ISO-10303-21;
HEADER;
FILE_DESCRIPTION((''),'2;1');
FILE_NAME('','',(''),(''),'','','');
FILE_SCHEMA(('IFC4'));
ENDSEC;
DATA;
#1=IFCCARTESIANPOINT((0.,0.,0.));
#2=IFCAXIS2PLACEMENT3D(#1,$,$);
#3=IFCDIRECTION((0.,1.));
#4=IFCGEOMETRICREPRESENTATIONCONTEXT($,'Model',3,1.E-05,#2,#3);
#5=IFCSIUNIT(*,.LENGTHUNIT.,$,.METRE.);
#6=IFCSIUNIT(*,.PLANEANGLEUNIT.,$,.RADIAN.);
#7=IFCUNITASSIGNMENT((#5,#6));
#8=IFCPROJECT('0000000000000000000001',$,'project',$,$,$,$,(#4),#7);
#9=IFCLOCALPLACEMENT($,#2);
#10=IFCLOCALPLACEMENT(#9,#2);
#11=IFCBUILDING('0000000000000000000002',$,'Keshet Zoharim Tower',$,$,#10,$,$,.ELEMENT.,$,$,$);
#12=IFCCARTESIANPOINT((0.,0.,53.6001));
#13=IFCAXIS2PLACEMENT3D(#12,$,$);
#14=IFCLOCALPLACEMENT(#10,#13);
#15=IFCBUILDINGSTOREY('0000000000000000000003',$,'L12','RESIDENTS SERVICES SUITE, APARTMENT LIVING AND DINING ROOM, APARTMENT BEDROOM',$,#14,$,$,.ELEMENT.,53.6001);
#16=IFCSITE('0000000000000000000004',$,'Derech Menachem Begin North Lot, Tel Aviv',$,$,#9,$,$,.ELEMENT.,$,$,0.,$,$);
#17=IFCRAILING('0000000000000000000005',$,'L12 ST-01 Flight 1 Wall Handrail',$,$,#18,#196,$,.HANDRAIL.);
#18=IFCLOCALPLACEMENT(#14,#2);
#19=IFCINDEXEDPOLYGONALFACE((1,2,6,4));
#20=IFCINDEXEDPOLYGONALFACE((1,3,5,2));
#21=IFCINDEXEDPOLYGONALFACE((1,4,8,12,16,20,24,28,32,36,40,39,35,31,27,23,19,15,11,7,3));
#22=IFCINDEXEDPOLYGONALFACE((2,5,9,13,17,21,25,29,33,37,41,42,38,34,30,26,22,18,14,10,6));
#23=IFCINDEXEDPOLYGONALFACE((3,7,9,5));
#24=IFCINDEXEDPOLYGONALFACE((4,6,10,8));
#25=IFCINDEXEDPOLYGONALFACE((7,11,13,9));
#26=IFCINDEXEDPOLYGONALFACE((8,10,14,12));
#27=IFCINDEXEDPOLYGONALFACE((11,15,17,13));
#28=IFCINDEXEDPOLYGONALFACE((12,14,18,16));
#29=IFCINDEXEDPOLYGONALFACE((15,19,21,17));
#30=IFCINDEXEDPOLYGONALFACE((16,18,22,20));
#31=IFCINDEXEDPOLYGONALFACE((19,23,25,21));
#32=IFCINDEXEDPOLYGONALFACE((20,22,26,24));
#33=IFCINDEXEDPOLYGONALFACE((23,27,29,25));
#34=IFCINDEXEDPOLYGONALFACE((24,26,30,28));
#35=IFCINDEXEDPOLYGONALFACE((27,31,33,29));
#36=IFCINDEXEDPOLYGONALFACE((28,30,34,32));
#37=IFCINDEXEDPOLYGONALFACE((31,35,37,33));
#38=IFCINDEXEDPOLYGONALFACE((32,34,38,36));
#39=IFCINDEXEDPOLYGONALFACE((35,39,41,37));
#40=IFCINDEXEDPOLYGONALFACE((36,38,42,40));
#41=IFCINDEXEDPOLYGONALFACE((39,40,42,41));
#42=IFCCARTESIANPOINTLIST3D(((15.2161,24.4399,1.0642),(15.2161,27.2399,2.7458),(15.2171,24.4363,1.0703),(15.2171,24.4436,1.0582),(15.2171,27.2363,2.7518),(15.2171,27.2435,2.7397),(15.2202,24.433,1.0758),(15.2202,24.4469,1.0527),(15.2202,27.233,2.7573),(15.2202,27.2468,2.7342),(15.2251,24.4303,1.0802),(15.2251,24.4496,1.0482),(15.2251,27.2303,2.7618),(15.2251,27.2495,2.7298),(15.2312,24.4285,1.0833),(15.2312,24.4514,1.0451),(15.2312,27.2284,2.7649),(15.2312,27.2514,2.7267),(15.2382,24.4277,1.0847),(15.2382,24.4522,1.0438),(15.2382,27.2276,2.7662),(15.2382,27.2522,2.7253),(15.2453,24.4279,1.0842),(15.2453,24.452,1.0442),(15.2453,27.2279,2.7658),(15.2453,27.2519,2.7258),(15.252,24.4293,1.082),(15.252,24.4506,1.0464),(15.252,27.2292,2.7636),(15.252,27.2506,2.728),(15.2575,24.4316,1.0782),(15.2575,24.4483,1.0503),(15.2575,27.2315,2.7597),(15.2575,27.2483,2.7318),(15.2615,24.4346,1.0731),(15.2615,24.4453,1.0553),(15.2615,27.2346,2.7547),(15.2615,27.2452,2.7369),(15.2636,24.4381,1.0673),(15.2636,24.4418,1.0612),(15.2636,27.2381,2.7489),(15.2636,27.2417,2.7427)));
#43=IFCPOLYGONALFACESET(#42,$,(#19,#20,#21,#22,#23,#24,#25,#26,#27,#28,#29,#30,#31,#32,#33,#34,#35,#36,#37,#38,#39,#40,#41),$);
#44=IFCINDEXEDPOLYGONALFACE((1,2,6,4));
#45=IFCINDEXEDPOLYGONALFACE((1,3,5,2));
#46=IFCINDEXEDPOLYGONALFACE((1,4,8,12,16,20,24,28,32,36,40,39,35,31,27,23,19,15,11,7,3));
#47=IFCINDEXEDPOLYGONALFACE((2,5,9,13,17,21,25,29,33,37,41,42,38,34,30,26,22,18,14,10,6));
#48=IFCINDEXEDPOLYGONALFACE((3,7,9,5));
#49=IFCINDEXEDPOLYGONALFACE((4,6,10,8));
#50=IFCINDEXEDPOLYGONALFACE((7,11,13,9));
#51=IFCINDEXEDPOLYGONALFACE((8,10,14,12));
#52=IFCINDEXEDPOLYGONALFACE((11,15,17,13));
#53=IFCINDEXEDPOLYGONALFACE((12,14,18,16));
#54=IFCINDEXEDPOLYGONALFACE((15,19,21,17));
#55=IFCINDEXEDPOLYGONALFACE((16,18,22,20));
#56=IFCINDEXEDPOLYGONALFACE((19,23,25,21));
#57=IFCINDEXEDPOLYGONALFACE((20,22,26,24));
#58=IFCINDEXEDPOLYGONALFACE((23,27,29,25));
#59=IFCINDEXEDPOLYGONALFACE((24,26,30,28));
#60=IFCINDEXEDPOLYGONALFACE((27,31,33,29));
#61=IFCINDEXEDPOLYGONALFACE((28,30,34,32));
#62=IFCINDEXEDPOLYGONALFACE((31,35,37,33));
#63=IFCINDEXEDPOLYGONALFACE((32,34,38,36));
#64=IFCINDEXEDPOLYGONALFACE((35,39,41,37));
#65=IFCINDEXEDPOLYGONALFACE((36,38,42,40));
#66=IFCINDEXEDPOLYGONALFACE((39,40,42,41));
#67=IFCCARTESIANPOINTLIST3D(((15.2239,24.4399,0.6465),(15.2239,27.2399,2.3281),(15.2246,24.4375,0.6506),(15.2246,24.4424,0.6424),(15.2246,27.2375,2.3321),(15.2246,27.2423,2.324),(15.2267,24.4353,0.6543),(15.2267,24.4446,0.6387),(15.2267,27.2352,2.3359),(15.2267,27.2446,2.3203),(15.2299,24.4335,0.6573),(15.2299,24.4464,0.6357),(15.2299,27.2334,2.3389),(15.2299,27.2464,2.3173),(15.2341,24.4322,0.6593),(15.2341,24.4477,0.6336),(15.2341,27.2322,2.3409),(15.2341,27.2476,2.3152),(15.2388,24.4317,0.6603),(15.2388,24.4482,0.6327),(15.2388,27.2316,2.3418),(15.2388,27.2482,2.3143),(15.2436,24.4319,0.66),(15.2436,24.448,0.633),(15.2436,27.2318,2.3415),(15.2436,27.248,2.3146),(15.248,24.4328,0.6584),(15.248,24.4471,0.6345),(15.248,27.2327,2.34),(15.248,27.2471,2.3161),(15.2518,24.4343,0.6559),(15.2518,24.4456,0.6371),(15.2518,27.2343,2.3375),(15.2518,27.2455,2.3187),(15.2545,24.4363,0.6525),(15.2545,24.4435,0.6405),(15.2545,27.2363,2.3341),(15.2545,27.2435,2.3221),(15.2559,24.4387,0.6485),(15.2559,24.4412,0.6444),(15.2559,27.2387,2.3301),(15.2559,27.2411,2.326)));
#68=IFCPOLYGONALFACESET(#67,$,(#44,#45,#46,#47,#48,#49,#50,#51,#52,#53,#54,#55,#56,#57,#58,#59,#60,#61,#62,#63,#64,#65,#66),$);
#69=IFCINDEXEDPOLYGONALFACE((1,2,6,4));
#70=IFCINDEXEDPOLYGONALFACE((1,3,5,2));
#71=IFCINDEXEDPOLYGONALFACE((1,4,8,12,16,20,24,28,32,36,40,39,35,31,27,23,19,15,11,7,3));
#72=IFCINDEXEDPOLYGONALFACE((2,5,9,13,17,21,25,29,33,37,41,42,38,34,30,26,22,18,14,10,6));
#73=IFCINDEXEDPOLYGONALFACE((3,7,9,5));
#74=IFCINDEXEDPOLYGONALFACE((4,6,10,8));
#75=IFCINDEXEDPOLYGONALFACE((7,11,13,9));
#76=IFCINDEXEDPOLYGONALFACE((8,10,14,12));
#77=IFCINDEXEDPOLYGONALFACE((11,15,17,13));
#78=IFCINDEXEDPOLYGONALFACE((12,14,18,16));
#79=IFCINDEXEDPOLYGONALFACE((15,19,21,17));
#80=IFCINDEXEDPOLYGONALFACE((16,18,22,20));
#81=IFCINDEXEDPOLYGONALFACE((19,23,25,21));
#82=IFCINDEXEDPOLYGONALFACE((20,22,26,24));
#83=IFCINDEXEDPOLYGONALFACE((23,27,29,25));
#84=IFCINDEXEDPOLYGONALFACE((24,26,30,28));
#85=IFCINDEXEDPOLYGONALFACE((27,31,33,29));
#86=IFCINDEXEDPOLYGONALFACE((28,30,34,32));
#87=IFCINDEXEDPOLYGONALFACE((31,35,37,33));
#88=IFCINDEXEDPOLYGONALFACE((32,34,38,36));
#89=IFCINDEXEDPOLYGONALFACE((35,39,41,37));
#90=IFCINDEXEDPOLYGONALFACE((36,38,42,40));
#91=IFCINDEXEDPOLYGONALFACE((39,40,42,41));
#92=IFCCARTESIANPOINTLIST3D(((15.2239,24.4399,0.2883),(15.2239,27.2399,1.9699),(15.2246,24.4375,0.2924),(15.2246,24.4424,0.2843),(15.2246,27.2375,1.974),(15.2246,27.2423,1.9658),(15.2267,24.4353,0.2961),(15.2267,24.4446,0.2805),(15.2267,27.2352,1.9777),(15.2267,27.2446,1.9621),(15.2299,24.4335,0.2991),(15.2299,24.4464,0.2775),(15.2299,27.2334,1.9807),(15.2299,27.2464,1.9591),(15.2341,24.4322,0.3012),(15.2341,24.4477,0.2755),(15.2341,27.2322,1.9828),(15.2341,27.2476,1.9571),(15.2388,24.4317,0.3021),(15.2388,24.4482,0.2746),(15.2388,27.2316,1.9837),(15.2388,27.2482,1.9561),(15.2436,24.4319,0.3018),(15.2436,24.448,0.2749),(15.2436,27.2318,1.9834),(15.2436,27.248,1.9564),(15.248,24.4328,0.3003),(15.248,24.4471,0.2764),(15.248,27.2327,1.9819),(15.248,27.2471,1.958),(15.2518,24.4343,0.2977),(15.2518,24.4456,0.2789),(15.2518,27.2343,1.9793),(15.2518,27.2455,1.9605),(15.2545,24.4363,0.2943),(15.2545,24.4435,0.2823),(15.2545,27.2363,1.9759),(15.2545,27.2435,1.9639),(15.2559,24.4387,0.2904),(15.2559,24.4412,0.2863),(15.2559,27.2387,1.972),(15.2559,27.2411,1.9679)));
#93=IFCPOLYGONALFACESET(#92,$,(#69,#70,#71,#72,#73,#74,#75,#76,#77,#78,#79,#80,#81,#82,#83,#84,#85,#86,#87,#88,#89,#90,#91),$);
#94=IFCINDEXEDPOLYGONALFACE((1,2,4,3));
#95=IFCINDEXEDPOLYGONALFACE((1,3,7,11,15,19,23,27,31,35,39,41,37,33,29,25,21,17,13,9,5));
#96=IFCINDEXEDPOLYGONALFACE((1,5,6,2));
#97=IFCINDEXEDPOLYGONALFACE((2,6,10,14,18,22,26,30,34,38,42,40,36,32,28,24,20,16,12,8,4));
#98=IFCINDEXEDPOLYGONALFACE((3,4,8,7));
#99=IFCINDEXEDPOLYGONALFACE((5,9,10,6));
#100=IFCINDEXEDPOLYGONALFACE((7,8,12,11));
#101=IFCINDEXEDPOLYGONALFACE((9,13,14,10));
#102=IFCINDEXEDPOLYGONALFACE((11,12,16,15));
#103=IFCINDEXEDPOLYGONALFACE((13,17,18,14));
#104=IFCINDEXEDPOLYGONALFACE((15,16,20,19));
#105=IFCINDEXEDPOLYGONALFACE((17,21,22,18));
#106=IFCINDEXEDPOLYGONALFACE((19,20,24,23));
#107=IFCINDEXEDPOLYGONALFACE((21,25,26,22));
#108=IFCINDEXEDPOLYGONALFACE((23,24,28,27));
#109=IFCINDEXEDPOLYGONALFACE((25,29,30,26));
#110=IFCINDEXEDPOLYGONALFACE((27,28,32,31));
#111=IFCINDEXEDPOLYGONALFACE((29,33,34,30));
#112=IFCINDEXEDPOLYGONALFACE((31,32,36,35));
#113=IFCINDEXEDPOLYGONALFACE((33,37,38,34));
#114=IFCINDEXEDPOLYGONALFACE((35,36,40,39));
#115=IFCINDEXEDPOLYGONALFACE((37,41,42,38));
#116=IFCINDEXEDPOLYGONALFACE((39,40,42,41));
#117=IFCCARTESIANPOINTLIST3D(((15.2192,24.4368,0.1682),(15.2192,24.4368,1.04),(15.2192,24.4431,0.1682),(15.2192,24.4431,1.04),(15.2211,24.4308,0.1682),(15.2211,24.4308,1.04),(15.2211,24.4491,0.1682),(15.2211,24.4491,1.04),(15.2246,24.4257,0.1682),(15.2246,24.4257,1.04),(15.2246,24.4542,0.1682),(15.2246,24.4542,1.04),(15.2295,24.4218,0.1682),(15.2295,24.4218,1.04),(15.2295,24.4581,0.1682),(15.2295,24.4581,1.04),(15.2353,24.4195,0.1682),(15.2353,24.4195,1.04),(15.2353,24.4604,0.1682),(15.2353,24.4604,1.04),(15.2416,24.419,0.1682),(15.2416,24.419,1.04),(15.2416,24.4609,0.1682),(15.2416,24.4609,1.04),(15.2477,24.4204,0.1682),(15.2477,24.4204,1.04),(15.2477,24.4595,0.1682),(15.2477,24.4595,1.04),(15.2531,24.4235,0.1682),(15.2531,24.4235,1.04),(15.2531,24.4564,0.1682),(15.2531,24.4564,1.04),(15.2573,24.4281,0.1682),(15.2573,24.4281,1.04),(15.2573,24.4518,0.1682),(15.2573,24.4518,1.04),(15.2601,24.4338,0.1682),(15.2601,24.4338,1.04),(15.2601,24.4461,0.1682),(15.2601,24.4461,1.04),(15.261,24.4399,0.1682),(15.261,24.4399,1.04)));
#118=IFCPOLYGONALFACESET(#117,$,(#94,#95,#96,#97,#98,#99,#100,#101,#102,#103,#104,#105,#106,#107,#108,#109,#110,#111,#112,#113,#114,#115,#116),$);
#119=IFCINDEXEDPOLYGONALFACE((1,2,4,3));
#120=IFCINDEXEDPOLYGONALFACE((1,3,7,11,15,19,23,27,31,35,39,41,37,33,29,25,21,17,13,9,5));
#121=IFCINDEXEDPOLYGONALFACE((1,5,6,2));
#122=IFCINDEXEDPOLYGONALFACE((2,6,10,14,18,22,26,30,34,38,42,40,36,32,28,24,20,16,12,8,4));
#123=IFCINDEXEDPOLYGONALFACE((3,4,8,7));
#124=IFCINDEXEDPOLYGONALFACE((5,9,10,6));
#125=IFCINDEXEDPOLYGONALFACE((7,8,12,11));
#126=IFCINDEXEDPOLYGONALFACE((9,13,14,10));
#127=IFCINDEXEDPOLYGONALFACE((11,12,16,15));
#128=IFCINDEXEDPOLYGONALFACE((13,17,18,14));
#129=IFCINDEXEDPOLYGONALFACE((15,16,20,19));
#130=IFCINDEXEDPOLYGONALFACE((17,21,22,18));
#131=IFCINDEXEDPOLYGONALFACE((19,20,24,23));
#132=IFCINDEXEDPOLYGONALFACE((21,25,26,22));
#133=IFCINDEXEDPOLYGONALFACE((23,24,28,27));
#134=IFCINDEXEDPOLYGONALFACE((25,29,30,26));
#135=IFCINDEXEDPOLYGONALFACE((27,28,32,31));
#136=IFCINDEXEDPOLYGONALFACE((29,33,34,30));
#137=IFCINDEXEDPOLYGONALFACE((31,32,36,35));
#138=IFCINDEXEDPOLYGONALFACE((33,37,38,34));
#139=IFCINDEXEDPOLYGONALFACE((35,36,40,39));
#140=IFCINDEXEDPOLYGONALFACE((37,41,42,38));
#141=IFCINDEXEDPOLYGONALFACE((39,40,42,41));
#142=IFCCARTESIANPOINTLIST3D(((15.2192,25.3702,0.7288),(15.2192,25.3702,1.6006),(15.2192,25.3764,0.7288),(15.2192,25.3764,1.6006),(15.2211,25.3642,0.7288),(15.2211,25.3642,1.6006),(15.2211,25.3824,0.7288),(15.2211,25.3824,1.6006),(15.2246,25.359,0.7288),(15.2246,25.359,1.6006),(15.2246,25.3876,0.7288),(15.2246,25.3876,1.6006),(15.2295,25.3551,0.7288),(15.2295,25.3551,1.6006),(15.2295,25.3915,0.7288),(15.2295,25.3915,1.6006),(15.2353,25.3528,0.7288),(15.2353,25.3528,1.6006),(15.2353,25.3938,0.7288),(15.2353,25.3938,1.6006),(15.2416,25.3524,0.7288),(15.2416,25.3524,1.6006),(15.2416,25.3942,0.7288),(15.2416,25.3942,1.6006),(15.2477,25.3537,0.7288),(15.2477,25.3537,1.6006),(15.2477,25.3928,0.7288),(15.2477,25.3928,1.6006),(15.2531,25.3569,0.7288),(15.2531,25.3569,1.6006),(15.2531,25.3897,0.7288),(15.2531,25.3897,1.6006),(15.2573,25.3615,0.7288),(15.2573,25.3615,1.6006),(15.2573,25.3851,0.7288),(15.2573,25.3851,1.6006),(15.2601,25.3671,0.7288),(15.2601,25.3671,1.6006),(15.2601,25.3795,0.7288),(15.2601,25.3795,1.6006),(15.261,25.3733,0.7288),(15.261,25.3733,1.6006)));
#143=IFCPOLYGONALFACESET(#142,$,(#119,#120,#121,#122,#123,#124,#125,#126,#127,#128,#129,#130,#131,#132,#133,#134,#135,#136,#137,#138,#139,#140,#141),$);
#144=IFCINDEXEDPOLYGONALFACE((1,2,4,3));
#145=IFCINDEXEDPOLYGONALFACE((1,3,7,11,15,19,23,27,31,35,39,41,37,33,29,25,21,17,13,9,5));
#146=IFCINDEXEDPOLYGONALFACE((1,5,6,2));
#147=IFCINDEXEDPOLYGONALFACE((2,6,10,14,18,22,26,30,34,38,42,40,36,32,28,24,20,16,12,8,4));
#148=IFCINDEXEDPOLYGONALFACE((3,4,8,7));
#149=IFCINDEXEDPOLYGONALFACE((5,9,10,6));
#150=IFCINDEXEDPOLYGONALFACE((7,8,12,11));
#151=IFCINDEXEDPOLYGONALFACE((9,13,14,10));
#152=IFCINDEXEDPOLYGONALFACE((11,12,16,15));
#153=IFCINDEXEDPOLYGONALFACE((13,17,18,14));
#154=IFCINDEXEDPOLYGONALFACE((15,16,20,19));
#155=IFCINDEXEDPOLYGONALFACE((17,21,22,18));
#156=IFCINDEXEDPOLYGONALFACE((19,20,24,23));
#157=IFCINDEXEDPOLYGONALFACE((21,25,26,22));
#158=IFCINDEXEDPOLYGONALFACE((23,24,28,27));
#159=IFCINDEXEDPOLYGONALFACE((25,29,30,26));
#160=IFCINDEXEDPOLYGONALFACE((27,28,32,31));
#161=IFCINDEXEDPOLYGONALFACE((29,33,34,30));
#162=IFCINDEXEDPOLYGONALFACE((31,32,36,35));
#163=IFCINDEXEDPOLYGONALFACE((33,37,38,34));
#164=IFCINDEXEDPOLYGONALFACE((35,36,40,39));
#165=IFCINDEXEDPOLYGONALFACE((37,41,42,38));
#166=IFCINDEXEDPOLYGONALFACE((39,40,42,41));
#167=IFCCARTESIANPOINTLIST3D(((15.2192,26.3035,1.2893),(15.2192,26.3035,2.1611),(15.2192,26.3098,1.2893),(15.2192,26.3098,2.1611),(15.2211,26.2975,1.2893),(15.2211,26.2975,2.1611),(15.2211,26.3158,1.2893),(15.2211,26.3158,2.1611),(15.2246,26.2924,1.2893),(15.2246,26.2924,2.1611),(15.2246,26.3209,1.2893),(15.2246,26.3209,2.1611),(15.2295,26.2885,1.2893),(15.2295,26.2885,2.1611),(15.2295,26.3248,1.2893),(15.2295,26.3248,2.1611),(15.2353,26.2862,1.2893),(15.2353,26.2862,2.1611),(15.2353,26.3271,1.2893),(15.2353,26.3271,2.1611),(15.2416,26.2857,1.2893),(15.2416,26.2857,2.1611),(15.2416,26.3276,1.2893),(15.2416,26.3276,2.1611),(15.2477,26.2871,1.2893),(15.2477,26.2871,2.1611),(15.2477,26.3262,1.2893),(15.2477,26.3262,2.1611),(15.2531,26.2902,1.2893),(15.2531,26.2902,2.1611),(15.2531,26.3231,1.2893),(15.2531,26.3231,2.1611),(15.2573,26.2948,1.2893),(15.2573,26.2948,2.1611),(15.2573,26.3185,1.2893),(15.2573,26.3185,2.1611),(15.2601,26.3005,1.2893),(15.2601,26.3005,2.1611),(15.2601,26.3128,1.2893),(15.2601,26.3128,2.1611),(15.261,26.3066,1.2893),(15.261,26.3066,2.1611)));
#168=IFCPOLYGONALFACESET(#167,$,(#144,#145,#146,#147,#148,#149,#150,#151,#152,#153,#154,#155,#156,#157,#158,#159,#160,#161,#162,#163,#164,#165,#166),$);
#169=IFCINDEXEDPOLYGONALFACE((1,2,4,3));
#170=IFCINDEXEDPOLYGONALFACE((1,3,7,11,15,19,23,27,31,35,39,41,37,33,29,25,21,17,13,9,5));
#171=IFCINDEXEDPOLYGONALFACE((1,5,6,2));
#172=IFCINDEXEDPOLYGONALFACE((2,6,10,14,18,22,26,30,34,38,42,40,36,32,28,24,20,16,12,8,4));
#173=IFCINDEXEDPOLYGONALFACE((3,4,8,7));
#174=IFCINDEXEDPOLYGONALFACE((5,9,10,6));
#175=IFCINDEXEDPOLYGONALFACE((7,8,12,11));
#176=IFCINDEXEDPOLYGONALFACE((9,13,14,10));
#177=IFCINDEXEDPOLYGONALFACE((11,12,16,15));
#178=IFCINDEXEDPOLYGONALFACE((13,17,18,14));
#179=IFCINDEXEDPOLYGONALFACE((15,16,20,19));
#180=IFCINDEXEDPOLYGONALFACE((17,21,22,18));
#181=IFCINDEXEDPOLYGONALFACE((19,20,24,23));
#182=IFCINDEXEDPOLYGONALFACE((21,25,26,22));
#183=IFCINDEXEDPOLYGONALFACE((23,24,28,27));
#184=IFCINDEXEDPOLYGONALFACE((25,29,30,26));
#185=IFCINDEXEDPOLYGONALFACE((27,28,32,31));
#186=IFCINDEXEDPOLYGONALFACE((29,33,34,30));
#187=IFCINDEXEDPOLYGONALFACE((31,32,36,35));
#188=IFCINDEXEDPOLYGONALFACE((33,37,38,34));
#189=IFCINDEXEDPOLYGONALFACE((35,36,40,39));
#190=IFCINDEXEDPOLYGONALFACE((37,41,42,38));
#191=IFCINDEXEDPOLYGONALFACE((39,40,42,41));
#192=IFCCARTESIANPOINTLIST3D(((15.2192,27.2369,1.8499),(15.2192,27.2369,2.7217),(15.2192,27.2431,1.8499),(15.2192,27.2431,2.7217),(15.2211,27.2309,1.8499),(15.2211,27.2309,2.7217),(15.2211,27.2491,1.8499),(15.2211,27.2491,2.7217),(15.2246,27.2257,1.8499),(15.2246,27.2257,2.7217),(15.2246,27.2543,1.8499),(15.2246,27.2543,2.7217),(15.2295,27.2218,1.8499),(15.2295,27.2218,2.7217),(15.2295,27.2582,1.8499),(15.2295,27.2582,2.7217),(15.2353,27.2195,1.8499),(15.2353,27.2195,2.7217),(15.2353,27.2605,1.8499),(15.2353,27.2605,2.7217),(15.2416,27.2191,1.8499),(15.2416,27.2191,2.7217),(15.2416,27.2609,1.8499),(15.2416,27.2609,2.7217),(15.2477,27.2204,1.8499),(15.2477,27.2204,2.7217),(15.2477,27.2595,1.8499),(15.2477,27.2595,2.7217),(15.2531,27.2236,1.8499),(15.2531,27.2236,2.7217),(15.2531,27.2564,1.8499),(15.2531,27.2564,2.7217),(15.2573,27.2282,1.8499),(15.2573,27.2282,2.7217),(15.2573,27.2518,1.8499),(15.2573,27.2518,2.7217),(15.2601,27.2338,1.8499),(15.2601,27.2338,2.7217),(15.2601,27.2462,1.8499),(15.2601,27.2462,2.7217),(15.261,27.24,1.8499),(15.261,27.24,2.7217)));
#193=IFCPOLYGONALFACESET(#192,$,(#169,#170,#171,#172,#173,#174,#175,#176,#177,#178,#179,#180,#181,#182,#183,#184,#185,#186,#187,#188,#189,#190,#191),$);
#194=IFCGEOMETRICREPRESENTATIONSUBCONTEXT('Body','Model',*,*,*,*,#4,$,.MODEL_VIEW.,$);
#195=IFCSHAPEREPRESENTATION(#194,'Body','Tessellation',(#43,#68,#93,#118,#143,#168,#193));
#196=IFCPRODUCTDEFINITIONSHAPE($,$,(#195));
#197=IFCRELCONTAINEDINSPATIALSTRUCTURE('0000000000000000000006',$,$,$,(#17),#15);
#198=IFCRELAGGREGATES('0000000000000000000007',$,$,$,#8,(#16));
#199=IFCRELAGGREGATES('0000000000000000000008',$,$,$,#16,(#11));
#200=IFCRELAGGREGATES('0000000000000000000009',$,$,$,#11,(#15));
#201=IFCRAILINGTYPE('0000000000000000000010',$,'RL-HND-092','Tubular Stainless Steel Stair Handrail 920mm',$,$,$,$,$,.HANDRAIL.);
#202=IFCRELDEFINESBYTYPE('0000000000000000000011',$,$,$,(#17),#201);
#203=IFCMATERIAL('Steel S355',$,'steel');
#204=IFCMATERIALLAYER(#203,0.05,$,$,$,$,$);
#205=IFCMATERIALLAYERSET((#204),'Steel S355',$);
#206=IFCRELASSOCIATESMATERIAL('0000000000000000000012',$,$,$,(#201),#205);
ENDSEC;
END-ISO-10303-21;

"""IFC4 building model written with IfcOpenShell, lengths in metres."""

from ifc_helpers import new_model, si_unit, direction, frame, origin, origin_2d, place, context, subcontext, project, spatial, circle, extrude, material, layer, layer_set, type_object, element, save


model = new_model("IFC4")

# Units and contexts
model_context = context("Model", 3, precision=1e-05, world=origin(), true_north=direction((0.0, 1.0)))
body_context = subcontext(model_context, "Body", "Model", "MODEL_VIEW")
ifc_project = project(units=[si_unit("LENGTHUNIT", "METRE"), si_unit("PLANEANGLEUNIT", "RADIAN")], contexts=[model_context])

# Site, building, storey
site_placement = place(None, origin())
site = spatial("IfcSite", under=ifc_project, at=site_placement, Name="Derech Menachem Begin North Lot, Tel Aviv", CompositionType="ELEMENT", RefElevation=0.0)
building_placement = place(site_placement, origin())
building = spatial("IfcBuilding", under=site, at=building_placement, Name="Keshet Zoharim Tower", CompositionType="ELEMENT")
storey_placement = place(building_placement, frame((0.0, 0.0, 53.6001)))
storey = spatial("IfcBuildingStorey", under=building, at=storey_placement, Name="L12", Description="RESIDENTS SERVICES SUITE, APARTMENT LIVING AND DINING ROOM, APARTMENT BEDROOM", CompositionType="ELEMENT", Elevation=53.6001)

# Railing
ifc_material_1 = material(Name="Steel S355", Category="steel")
ifc_layer_1 = layer(ifc_material_1, 0.05)
ifc_layer_set_1 = layer_set([ifc_layer_1], Name="Steel S355")
railing_type_1 = type_object("IfcRailingType", Name="RL-HND-092", Description="Tubular Stainless Steel Stair Handrail 920mm", PredefinedType="HANDRAIL", material=ifc_layer_set_1)
railing_1_placement = place(storey_placement, frame((15.24, 24.4399, 0.1682)))
element("IfcRailing", 1, at=railing_1_placement, inside=storey, type_object=railing_type_1, Name="L12 ST-01 Flight 1 Wall Handrail", PredefinedType="HANDRAIL", context=body_context, shape_type="SweptSolid", body=[
    extrude(circle(Radius=0.0239, at=origin_2d()), frame((0.0, 0.0, 0.896), z_axis=(0.0, 0.857275, 0.514858), x_axis=(-1.0, 0.0, 0.0)), (0.0, 0.0, 1.0), 3.2661),
    extrude(circle(Radius=0.0161, at=origin_2d()), frame((0.0, 0.0, 0.4783), z_axis=(0.0, 0.857275, 0.514858), x_axis=(-1.0, 0.0, 0.0)), (0.0, 0.0, 1.0), 3.2661),
    extrude(circle(Radius=0.0161, at=origin_2d()), frame((0.0, 0.0, 0.1201), z_axis=(0.0, 0.857275, 0.514858), x_axis=(-1.0, 0.0, 0.0)), (0.0, 0.0, 1.0), 3.2661),
    extrude(circle(Radius=0.021, at=origin_2d()), origin(), (0.0, 0.0, 1.0), 0.8718),
    extrude(circle(Radius=0.021, at=origin_2d()), frame((0.0, 0.9333, 0.5605)), (0.0, 0.0, 1.0), 0.8718),
    extrude(circle(Radius=0.021, at=origin_2d()), frame((0.0, 1.8667, 1.1211)), (0.0, 0.0, 1.0), 0.8718),
    extrude(circle(Radius=0.021, at=origin_2d()), frame((0.0, 2.8, 1.6816)), (0.0, 0.0, 1.0), 0.8718),
])

save(model, "model.ifc")
